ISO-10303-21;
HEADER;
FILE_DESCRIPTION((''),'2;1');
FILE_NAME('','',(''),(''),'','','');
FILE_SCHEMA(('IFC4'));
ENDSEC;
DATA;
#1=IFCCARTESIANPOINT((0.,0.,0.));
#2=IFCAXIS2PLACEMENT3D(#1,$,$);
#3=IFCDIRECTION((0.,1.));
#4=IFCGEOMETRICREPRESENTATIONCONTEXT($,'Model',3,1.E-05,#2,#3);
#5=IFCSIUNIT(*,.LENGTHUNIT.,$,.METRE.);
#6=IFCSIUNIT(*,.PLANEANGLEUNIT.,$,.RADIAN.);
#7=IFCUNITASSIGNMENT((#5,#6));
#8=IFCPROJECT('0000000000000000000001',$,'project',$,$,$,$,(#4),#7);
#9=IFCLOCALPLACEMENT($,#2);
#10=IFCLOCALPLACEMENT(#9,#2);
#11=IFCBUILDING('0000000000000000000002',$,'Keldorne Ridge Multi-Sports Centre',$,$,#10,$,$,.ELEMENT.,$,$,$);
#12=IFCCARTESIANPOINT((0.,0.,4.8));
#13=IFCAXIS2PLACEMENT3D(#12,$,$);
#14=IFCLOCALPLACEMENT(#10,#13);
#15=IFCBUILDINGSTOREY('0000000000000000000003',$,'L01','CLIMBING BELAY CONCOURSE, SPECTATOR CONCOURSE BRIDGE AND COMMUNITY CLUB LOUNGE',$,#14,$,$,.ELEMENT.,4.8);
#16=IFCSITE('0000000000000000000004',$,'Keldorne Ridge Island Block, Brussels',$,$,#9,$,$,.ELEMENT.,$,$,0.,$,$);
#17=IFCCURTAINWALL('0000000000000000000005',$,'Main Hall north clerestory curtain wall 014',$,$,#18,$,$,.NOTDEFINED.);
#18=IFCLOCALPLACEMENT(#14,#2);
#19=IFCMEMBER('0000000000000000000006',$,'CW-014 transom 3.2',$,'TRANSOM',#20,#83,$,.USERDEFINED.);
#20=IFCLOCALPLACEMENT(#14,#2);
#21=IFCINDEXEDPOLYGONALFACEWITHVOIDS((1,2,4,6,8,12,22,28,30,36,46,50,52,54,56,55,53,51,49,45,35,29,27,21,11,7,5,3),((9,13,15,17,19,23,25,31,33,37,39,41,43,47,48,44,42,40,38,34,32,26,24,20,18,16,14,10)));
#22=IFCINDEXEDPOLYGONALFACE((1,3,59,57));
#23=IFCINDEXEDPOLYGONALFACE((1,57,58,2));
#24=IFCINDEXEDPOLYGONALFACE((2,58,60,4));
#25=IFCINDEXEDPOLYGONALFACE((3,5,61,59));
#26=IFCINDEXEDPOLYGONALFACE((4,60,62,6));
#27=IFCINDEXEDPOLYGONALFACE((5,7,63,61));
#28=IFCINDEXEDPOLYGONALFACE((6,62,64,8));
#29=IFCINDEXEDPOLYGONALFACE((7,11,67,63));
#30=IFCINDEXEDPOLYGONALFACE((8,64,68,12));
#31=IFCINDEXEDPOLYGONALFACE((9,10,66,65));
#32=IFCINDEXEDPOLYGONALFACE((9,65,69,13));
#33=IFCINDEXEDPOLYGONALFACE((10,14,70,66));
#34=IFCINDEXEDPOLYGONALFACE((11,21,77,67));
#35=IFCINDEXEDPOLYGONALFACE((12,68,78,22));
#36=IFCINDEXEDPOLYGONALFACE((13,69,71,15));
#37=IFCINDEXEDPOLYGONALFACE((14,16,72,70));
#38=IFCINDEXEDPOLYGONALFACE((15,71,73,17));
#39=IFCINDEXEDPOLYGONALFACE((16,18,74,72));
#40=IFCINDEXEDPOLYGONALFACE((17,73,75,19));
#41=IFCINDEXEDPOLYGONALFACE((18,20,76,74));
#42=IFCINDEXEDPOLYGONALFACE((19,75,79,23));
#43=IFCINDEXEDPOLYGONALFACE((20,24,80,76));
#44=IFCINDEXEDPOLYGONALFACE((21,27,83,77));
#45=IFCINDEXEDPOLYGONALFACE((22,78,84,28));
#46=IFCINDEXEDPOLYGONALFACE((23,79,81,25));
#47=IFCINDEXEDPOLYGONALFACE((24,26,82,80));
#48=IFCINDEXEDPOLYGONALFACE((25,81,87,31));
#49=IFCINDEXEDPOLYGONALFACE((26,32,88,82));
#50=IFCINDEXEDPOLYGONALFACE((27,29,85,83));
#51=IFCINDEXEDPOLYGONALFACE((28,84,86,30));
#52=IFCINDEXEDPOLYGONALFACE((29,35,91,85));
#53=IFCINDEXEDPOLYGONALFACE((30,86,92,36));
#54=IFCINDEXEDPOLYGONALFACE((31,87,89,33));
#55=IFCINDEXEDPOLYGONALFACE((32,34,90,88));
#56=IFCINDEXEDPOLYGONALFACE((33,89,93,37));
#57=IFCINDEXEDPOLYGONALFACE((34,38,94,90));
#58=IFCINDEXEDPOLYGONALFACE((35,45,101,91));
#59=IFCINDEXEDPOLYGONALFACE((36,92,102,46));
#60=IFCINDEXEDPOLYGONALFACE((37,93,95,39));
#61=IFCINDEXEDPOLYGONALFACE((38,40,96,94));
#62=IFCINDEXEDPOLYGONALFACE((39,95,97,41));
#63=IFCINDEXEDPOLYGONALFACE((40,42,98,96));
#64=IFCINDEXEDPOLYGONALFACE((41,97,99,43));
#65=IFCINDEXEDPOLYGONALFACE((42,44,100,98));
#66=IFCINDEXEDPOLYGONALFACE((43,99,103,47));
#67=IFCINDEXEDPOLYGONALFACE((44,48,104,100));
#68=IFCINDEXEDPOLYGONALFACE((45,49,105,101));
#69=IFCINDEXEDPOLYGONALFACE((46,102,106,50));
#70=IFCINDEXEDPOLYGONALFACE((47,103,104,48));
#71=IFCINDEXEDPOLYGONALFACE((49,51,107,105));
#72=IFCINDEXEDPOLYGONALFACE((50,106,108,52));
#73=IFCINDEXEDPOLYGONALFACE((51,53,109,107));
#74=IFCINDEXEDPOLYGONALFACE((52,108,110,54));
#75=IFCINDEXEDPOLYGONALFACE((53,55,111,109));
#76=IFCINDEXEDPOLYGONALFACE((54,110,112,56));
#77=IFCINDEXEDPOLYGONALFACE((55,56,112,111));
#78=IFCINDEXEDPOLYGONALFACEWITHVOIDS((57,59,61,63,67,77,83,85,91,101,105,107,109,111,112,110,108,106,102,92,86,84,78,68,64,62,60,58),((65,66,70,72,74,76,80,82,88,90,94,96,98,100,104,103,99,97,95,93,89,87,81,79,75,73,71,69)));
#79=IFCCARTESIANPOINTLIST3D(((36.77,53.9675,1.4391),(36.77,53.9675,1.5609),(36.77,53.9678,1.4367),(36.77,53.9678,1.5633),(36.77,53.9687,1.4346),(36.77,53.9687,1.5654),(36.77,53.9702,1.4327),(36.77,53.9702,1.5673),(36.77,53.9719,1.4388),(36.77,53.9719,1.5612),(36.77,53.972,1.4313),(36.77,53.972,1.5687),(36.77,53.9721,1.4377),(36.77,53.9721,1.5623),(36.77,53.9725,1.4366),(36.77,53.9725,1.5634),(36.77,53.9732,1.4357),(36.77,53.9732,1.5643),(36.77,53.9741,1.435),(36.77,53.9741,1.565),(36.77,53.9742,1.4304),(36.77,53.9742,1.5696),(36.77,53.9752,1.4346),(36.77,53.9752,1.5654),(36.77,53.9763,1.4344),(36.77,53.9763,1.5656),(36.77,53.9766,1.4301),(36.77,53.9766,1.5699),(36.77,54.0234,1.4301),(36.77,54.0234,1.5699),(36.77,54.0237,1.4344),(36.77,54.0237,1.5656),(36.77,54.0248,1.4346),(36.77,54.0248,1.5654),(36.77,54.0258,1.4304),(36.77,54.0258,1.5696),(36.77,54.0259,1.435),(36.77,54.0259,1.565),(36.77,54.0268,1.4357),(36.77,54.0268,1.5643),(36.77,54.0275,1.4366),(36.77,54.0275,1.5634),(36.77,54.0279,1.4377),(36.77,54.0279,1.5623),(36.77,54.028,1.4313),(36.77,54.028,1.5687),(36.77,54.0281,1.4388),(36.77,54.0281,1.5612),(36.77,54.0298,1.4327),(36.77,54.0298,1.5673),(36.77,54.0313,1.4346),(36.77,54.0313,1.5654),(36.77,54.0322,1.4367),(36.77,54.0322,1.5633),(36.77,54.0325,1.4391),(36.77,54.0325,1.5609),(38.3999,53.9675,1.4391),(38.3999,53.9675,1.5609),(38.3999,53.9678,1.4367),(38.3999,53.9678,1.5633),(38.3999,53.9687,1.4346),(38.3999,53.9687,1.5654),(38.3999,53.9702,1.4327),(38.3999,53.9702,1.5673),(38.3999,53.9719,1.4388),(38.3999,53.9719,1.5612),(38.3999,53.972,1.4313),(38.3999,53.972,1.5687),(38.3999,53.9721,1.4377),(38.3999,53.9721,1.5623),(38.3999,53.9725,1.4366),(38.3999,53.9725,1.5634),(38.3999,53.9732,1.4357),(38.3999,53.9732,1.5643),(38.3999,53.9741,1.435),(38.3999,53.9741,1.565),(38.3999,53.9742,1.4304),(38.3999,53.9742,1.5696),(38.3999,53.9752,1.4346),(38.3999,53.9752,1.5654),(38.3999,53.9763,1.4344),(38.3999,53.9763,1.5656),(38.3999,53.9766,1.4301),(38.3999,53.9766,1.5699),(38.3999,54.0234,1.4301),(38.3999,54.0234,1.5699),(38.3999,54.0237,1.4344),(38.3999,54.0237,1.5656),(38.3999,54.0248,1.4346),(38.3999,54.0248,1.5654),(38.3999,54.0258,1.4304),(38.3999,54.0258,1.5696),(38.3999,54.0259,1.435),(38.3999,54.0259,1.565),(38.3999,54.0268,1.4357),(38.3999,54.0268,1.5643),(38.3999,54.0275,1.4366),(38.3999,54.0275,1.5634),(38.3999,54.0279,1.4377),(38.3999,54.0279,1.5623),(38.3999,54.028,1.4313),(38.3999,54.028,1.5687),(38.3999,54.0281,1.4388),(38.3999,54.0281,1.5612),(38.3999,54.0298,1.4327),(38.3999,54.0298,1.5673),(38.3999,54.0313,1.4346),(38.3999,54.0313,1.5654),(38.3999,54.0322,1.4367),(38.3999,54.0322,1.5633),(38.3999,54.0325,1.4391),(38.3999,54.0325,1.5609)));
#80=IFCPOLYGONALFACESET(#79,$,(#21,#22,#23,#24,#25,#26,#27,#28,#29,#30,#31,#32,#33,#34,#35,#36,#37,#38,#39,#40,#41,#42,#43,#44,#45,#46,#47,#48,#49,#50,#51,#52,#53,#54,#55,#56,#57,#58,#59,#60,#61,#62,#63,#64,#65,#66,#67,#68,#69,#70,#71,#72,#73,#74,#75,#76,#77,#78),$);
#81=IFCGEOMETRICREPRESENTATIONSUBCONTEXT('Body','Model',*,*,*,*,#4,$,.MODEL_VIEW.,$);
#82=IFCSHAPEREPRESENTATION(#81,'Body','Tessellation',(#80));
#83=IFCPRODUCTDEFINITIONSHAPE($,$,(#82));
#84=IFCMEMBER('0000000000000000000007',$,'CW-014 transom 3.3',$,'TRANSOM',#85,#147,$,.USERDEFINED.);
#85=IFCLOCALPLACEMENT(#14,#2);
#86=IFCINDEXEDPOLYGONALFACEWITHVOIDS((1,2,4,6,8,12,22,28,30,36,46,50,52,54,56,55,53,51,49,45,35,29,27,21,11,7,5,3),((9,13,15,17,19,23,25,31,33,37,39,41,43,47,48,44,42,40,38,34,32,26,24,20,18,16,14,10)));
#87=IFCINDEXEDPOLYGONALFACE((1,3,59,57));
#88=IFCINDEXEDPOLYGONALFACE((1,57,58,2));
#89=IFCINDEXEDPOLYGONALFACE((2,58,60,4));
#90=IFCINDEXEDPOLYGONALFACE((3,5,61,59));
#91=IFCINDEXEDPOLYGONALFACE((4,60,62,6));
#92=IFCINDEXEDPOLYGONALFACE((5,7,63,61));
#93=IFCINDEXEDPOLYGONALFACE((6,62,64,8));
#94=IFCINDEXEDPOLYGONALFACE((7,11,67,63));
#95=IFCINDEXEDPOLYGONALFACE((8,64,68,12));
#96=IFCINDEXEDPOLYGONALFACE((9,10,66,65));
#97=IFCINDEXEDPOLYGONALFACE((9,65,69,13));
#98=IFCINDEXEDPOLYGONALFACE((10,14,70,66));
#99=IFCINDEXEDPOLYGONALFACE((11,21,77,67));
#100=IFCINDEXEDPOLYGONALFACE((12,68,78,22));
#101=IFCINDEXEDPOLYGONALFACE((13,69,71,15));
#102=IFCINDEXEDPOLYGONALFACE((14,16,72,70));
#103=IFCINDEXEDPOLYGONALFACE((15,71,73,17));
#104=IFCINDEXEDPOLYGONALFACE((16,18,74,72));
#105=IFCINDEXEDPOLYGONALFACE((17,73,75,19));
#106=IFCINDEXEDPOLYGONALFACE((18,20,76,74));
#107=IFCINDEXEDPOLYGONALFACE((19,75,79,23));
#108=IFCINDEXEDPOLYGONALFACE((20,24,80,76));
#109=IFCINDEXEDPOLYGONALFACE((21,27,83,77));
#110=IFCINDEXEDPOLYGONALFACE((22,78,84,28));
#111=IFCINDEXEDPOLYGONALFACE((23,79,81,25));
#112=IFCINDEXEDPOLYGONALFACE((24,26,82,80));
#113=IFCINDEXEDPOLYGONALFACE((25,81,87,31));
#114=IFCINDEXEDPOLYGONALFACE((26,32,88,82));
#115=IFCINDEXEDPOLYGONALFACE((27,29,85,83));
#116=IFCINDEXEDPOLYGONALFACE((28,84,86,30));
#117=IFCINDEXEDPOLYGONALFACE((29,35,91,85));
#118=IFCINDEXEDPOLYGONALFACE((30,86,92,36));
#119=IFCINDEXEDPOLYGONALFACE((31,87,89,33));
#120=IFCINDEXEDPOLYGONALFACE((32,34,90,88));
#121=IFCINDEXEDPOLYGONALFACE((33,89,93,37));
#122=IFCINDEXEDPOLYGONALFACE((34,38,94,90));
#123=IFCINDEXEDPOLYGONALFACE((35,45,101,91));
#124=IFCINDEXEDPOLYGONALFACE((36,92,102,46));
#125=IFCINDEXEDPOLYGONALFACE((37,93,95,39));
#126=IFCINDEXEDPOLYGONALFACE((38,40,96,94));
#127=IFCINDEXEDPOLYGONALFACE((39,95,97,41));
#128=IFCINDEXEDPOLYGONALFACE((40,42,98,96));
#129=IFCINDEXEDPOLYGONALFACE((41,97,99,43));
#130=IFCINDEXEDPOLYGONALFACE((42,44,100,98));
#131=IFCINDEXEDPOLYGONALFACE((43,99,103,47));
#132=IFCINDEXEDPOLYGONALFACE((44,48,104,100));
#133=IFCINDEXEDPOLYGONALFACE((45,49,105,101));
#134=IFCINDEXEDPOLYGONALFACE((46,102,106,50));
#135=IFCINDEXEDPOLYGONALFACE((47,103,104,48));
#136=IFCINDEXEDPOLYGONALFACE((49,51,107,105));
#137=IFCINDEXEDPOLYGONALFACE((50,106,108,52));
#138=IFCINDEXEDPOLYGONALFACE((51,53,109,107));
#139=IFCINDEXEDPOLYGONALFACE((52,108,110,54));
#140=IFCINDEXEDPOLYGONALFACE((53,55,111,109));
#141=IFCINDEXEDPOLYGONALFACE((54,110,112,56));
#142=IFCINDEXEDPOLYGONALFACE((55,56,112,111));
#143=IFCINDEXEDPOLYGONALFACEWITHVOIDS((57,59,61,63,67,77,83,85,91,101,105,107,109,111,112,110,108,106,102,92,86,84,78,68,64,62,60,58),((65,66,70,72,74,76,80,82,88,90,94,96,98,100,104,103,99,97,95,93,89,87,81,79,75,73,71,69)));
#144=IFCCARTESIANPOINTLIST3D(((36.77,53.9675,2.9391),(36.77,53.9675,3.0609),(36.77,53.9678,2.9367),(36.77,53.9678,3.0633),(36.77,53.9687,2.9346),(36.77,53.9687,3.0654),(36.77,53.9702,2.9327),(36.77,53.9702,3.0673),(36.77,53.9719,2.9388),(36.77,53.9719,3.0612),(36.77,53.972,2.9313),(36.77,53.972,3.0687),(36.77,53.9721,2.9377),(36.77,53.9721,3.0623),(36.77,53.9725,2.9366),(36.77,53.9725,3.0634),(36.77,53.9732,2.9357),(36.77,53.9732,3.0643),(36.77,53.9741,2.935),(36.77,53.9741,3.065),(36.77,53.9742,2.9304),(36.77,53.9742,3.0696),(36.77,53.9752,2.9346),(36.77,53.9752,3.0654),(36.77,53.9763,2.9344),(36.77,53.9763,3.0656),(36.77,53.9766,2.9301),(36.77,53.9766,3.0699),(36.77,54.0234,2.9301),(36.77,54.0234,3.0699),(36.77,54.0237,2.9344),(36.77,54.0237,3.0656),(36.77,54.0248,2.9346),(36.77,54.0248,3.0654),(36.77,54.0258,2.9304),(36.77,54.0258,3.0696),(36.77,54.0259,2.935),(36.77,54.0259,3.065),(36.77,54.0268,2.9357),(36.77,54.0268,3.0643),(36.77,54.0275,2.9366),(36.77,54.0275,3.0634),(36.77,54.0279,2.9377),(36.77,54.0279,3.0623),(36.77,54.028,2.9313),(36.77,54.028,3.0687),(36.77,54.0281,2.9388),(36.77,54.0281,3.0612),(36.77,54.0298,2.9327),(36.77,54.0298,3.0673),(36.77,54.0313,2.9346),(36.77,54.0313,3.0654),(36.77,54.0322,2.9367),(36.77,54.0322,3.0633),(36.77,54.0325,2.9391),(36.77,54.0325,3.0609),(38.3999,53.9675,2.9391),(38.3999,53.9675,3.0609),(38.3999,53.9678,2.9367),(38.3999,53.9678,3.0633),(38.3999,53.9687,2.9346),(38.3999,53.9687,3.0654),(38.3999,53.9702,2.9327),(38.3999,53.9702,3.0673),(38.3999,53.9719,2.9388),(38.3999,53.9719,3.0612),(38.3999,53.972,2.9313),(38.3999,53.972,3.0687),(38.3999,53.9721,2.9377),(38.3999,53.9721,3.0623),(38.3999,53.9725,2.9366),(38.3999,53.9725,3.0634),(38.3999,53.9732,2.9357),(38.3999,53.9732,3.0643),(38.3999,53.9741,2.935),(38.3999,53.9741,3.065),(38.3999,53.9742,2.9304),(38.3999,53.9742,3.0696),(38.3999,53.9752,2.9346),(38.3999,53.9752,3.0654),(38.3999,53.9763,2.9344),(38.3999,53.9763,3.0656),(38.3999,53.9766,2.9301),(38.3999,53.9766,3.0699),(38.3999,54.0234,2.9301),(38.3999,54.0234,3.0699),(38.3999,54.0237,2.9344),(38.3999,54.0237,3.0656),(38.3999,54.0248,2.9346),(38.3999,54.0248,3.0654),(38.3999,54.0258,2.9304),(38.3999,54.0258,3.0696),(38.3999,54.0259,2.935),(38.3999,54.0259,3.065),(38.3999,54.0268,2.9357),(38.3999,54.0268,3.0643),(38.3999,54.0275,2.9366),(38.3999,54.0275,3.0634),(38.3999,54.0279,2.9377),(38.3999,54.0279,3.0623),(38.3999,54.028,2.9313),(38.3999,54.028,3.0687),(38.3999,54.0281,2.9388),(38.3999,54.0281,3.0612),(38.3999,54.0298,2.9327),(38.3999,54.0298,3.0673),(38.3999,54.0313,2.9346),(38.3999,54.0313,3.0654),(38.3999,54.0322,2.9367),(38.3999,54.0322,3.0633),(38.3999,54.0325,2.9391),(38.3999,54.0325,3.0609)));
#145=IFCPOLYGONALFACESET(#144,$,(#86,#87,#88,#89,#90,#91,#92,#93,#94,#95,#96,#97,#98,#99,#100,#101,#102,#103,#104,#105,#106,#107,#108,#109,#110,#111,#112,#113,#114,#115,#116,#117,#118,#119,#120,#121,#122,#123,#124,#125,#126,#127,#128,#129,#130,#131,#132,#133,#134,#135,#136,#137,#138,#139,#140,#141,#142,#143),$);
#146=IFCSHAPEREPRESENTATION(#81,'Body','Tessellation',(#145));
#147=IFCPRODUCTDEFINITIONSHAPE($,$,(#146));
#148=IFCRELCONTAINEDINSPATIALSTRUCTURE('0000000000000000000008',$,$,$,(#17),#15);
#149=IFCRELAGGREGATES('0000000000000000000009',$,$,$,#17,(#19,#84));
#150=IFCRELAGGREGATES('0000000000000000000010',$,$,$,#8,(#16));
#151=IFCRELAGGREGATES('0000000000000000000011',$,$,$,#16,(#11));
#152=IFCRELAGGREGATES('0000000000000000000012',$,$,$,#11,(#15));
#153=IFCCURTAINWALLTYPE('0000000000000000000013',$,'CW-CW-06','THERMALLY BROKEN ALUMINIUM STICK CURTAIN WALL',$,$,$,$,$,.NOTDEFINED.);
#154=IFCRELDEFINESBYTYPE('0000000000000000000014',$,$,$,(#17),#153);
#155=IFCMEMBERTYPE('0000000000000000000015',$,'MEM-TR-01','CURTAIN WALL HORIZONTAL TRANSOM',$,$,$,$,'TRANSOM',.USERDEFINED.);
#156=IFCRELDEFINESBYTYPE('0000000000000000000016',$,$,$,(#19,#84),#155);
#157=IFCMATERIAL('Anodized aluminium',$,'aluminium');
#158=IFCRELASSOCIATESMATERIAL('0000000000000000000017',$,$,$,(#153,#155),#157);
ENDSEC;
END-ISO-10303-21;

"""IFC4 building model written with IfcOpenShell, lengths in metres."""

from ifc_helpers import new_model, si_unit, direction, frame, origin, origin_2d, place, context, subcontext, project, spatial, hollow_rectangle, extrude, material, material_profile, profile_set, type_object, element, aggregate, save


model = new_model("IFC4")

# Units and contexts
model_context = context("Model", 3, precision=1e-05, world=origin(), true_north=direction((0.0, 1.0)))
body_context = subcontext(model_context, "Body", "Model", "MODEL_VIEW")
ifc_project = project(units=[si_unit("LENGTHUNIT", "METRE"), si_unit("PLANEANGLEUNIT", "RADIAN")], contexts=[model_context])

# Site, building, storey
site_placement = place(None, origin())
site = spatial("IfcSite", under=ifc_project, at=site_placement, Name="Keldorne Ridge Island Block, Brussels", CompositionType="ELEMENT", RefElevation=0.0)
building_placement = place(site_placement, origin())
building = spatial("IfcBuilding", under=site, at=building_placement, Name="Keldorne Ridge Multi-Sports Centre", CompositionType="ELEMENT")
storey_placement = place(building_placement, frame((0.0, 0.0, 4.8)))
storey = spatial("IfcBuildingStorey", under=building, at=storey_placement, Name="L01", Description="CLIMBING BELAY CONCOURSE, SPECTATOR CONCOURSE BRIDGE AND COMMUNITY CLUB LOUNGE", CompositionType="ELEMENT", Elevation=4.8)

# Curtain wall
ifc_material_1 = material(Name="Anodized aluminium", Category="aluminium")
curtain_wall_type_1 = type_object("IfcCurtainWallType", Name="CW-CW-06", Description="THERMALLY BROKEN ALUMINIUM STICK CURTAIN WALL", PredefinedType="NOTDEFINED", material=ifc_material_1)
curtain_wall_1_placement = place(storey_placement, origin())
curtain_wall_1 = element("IfcCurtainWall", 1, at=curtain_wall_1_placement, inside=storey, type_object=curtain_wall_type_1, Name="Main Hall north clerestory curtain wall 014", PredefinedType="NOTDEFINED")

# Members
ifc_material_profile_1 = material_profile(ifc_material_1, hollow_rectangle(XDim=0.0649, YDim=0.1399, WallThickness=0.0044, InnerFilletRadius=0.0044, OuterFilletRadius=0.009, at=origin_2d()), Name="ALU TRANSOM 140x65x4.5")
ifc_profile_set_1 = profile_set([ifc_material_profile_1], Name="Anodized aluminium")
member_type_1 = type_object("IfcMemberType", Name="MEM-TR-01", Description="CURTAIN WALL HORIZONTAL TRANSOM", ElementType="TRANSOM", PredefinedType="USERDEFINED", material=ifc_profile_set_1)
member_1_placement = place(storey_placement, frame((38.3999, 54.0, 1.5), z_axis=(-1.0, 0.0, 0.0), x_axis=(0.0, -1.0, 0.0)))
member_1 = element("IfcMember", 2, at=member_1_placement, type_object=member_type_1, Name="CW-014 transom 3.2", ObjectType="TRANSOM", PredefinedType="USERDEFINED", context=body_context, shape_type="SweptSolid", body=[
    extrude(hollow_rectangle(XDim=0.0649, YDim=0.1399, WallThickness=0.0044, InnerFilletRadius=0.0044, OuterFilletRadius=0.009, at=origin_2d()), origin(), (0.0, 0.0, 1.0), 1.6299),
])
member_2_placement = place(storey_placement, frame((38.3999, 54.0, 3.0), z_axis=(-1.0, 0.0, 0.0), x_axis=(0.0, -1.0, 0.0)))
member_2 = element("IfcMember", 3, at=member_2_placement, type_object=member_type_1, Name="CW-014 transom 3.3", ObjectType="TRANSOM", PredefinedType="USERDEFINED", context=body_context, shape_type="SweptSolid", body=[
    extrude(hollow_rectangle(XDim=0.0649, YDim=0.1399, WallThickness=0.0044, InnerFilletRadius=0.0044, OuterFilletRadius=0.009, at=origin_2d()), origin(), (0.0, 0.0, 1.0), 1.6299),
])

aggregate(curtain_wall_1, [member_1, member_2])

save(model, "model.ifc")
